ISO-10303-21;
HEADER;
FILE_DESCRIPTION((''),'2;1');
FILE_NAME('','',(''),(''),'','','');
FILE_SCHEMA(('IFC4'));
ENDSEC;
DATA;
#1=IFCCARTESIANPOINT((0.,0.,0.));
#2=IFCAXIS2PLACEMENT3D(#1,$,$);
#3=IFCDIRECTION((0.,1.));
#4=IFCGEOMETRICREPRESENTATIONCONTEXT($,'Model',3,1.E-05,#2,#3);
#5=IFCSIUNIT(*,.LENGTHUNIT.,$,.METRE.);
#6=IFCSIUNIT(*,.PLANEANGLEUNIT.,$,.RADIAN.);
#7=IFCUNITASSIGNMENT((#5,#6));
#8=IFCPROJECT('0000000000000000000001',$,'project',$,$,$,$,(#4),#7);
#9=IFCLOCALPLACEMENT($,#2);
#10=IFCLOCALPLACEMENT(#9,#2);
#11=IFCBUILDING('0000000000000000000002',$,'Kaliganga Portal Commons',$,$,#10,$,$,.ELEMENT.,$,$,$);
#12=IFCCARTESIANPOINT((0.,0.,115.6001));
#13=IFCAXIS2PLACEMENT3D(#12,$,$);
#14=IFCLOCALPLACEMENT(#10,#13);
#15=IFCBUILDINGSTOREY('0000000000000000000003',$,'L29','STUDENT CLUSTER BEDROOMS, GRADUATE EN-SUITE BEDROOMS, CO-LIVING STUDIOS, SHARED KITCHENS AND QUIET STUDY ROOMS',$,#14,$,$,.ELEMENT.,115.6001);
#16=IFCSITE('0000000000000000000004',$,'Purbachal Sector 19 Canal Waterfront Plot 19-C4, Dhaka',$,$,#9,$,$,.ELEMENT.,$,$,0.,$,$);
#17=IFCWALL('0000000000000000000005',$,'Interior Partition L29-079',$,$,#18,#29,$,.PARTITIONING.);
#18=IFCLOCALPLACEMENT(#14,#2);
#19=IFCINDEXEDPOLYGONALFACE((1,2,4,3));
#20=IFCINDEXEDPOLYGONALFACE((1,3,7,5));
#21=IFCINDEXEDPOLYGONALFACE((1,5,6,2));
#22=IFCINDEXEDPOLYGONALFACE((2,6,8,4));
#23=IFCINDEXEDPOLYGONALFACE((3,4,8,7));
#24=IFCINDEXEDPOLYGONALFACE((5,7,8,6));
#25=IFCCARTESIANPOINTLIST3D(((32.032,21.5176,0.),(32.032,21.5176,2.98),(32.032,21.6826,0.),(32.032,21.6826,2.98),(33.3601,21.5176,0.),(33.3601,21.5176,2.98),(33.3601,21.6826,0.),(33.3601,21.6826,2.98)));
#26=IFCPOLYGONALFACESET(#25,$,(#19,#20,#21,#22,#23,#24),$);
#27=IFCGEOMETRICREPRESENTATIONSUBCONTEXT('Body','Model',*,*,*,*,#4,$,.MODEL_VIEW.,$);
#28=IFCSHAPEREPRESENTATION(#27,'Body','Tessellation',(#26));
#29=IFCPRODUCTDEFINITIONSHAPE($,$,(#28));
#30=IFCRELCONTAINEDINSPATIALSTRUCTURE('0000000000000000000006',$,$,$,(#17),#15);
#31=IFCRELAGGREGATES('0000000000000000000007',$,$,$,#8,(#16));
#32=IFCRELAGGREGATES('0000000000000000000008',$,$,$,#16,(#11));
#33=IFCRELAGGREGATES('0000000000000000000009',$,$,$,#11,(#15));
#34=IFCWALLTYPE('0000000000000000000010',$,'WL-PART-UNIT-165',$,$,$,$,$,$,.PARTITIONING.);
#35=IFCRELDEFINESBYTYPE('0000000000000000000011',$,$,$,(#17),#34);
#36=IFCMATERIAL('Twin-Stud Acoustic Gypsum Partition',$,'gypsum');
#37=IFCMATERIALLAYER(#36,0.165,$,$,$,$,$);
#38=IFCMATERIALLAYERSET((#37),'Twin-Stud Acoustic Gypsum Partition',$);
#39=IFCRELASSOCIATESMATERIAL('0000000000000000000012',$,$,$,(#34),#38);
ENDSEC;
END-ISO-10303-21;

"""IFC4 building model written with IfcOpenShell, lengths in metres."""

from ifc_helpers import new_model, si_unit, direction, frame, frame_2d, origin, place, context, subcontext, project, spatial, rectangle, extrude, material, layer, layer_set, type_object, element, save


model = new_model("IFC4")

# Units and contexts
model_context = context("Model", 3, precision=1e-05, world=origin(), true_north=direction((0.0, 1.0)))
body_context = subcontext(model_context, "Body", "Model", "MODEL_VIEW")
ifc_project = project(units=[si_unit("LENGTHUNIT", "METRE"), si_unit("PLANEANGLEUNIT", "RADIAN")], contexts=[model_context])

# Site, building, storey
site_placement = place(None, origin())
site = spatial("IfcSite", under=ifc_project, at=site_placement, Name="Purbachal Sector 19 Canal Waterfront Plot 19-C4, Dhaka", CompositionType="ELEMENT", RefElevation=0.0)
building_placement = place(site_placement, origin())
building = spatial("IfcBuilding", under=site, at=building_placement, Name="Kaliganga Portal Commons", CompositionType="ELEMENT")
storey_placement = place(building_placement, frame((0.0, 0.0, 115.6001)))
storey = spatial("IfcBuildingStorey", under=building, at=storey_placement, Name="L29", Description="STUDENT CLUSTER BEDROOMS, GRADUATE EN-SUITE BEDROOMS, CO-LIVING STUDIOS, SHARED KITCHENS AND QUIET STUDY ROOMS", CompositionType="ELEMENT", Elevation=115.6001)

# Wall
ifc_material_1 = material(Name="Twin-Stud Acoustic Gypsum Partition", Category="gypsum")
ifc_layer_1 = layer(ifc_material_1, 0.165)
ifc_layer_set_1 = layer_set([ifc_layer_1], Name="Twin-Stud Acoustic Gypsum Partition")
wall_type_1 = type_object("IfcWallType", Name="WL-PART-UNIT-165", PredefinedType="PARTITIONING", material=ifc_layer_set_1)
wall_1_placement = place(storey_placement, frame((32.032, 21.6001, 0.0), z_axis=(0.0, 0.0, 1.0), x_axis=(1.0, 0.0, 0.0)))
element("IfcWall", 1, at=wall_1_placement, inside=storey, type_object=wall_type_1, Name="Interior Partition L29-079", PredefinedType="PARTITIONING", context=body_context, shape_type="SweptSolid", body=[
    extrude(rectangle(XDim=1.3281, YDim=0.165, at=frame_2d((0.6641, 0.0))), origin(), (0.0, 0.0, 1.0), 2.98),
])

save(model, "model.ifc")
